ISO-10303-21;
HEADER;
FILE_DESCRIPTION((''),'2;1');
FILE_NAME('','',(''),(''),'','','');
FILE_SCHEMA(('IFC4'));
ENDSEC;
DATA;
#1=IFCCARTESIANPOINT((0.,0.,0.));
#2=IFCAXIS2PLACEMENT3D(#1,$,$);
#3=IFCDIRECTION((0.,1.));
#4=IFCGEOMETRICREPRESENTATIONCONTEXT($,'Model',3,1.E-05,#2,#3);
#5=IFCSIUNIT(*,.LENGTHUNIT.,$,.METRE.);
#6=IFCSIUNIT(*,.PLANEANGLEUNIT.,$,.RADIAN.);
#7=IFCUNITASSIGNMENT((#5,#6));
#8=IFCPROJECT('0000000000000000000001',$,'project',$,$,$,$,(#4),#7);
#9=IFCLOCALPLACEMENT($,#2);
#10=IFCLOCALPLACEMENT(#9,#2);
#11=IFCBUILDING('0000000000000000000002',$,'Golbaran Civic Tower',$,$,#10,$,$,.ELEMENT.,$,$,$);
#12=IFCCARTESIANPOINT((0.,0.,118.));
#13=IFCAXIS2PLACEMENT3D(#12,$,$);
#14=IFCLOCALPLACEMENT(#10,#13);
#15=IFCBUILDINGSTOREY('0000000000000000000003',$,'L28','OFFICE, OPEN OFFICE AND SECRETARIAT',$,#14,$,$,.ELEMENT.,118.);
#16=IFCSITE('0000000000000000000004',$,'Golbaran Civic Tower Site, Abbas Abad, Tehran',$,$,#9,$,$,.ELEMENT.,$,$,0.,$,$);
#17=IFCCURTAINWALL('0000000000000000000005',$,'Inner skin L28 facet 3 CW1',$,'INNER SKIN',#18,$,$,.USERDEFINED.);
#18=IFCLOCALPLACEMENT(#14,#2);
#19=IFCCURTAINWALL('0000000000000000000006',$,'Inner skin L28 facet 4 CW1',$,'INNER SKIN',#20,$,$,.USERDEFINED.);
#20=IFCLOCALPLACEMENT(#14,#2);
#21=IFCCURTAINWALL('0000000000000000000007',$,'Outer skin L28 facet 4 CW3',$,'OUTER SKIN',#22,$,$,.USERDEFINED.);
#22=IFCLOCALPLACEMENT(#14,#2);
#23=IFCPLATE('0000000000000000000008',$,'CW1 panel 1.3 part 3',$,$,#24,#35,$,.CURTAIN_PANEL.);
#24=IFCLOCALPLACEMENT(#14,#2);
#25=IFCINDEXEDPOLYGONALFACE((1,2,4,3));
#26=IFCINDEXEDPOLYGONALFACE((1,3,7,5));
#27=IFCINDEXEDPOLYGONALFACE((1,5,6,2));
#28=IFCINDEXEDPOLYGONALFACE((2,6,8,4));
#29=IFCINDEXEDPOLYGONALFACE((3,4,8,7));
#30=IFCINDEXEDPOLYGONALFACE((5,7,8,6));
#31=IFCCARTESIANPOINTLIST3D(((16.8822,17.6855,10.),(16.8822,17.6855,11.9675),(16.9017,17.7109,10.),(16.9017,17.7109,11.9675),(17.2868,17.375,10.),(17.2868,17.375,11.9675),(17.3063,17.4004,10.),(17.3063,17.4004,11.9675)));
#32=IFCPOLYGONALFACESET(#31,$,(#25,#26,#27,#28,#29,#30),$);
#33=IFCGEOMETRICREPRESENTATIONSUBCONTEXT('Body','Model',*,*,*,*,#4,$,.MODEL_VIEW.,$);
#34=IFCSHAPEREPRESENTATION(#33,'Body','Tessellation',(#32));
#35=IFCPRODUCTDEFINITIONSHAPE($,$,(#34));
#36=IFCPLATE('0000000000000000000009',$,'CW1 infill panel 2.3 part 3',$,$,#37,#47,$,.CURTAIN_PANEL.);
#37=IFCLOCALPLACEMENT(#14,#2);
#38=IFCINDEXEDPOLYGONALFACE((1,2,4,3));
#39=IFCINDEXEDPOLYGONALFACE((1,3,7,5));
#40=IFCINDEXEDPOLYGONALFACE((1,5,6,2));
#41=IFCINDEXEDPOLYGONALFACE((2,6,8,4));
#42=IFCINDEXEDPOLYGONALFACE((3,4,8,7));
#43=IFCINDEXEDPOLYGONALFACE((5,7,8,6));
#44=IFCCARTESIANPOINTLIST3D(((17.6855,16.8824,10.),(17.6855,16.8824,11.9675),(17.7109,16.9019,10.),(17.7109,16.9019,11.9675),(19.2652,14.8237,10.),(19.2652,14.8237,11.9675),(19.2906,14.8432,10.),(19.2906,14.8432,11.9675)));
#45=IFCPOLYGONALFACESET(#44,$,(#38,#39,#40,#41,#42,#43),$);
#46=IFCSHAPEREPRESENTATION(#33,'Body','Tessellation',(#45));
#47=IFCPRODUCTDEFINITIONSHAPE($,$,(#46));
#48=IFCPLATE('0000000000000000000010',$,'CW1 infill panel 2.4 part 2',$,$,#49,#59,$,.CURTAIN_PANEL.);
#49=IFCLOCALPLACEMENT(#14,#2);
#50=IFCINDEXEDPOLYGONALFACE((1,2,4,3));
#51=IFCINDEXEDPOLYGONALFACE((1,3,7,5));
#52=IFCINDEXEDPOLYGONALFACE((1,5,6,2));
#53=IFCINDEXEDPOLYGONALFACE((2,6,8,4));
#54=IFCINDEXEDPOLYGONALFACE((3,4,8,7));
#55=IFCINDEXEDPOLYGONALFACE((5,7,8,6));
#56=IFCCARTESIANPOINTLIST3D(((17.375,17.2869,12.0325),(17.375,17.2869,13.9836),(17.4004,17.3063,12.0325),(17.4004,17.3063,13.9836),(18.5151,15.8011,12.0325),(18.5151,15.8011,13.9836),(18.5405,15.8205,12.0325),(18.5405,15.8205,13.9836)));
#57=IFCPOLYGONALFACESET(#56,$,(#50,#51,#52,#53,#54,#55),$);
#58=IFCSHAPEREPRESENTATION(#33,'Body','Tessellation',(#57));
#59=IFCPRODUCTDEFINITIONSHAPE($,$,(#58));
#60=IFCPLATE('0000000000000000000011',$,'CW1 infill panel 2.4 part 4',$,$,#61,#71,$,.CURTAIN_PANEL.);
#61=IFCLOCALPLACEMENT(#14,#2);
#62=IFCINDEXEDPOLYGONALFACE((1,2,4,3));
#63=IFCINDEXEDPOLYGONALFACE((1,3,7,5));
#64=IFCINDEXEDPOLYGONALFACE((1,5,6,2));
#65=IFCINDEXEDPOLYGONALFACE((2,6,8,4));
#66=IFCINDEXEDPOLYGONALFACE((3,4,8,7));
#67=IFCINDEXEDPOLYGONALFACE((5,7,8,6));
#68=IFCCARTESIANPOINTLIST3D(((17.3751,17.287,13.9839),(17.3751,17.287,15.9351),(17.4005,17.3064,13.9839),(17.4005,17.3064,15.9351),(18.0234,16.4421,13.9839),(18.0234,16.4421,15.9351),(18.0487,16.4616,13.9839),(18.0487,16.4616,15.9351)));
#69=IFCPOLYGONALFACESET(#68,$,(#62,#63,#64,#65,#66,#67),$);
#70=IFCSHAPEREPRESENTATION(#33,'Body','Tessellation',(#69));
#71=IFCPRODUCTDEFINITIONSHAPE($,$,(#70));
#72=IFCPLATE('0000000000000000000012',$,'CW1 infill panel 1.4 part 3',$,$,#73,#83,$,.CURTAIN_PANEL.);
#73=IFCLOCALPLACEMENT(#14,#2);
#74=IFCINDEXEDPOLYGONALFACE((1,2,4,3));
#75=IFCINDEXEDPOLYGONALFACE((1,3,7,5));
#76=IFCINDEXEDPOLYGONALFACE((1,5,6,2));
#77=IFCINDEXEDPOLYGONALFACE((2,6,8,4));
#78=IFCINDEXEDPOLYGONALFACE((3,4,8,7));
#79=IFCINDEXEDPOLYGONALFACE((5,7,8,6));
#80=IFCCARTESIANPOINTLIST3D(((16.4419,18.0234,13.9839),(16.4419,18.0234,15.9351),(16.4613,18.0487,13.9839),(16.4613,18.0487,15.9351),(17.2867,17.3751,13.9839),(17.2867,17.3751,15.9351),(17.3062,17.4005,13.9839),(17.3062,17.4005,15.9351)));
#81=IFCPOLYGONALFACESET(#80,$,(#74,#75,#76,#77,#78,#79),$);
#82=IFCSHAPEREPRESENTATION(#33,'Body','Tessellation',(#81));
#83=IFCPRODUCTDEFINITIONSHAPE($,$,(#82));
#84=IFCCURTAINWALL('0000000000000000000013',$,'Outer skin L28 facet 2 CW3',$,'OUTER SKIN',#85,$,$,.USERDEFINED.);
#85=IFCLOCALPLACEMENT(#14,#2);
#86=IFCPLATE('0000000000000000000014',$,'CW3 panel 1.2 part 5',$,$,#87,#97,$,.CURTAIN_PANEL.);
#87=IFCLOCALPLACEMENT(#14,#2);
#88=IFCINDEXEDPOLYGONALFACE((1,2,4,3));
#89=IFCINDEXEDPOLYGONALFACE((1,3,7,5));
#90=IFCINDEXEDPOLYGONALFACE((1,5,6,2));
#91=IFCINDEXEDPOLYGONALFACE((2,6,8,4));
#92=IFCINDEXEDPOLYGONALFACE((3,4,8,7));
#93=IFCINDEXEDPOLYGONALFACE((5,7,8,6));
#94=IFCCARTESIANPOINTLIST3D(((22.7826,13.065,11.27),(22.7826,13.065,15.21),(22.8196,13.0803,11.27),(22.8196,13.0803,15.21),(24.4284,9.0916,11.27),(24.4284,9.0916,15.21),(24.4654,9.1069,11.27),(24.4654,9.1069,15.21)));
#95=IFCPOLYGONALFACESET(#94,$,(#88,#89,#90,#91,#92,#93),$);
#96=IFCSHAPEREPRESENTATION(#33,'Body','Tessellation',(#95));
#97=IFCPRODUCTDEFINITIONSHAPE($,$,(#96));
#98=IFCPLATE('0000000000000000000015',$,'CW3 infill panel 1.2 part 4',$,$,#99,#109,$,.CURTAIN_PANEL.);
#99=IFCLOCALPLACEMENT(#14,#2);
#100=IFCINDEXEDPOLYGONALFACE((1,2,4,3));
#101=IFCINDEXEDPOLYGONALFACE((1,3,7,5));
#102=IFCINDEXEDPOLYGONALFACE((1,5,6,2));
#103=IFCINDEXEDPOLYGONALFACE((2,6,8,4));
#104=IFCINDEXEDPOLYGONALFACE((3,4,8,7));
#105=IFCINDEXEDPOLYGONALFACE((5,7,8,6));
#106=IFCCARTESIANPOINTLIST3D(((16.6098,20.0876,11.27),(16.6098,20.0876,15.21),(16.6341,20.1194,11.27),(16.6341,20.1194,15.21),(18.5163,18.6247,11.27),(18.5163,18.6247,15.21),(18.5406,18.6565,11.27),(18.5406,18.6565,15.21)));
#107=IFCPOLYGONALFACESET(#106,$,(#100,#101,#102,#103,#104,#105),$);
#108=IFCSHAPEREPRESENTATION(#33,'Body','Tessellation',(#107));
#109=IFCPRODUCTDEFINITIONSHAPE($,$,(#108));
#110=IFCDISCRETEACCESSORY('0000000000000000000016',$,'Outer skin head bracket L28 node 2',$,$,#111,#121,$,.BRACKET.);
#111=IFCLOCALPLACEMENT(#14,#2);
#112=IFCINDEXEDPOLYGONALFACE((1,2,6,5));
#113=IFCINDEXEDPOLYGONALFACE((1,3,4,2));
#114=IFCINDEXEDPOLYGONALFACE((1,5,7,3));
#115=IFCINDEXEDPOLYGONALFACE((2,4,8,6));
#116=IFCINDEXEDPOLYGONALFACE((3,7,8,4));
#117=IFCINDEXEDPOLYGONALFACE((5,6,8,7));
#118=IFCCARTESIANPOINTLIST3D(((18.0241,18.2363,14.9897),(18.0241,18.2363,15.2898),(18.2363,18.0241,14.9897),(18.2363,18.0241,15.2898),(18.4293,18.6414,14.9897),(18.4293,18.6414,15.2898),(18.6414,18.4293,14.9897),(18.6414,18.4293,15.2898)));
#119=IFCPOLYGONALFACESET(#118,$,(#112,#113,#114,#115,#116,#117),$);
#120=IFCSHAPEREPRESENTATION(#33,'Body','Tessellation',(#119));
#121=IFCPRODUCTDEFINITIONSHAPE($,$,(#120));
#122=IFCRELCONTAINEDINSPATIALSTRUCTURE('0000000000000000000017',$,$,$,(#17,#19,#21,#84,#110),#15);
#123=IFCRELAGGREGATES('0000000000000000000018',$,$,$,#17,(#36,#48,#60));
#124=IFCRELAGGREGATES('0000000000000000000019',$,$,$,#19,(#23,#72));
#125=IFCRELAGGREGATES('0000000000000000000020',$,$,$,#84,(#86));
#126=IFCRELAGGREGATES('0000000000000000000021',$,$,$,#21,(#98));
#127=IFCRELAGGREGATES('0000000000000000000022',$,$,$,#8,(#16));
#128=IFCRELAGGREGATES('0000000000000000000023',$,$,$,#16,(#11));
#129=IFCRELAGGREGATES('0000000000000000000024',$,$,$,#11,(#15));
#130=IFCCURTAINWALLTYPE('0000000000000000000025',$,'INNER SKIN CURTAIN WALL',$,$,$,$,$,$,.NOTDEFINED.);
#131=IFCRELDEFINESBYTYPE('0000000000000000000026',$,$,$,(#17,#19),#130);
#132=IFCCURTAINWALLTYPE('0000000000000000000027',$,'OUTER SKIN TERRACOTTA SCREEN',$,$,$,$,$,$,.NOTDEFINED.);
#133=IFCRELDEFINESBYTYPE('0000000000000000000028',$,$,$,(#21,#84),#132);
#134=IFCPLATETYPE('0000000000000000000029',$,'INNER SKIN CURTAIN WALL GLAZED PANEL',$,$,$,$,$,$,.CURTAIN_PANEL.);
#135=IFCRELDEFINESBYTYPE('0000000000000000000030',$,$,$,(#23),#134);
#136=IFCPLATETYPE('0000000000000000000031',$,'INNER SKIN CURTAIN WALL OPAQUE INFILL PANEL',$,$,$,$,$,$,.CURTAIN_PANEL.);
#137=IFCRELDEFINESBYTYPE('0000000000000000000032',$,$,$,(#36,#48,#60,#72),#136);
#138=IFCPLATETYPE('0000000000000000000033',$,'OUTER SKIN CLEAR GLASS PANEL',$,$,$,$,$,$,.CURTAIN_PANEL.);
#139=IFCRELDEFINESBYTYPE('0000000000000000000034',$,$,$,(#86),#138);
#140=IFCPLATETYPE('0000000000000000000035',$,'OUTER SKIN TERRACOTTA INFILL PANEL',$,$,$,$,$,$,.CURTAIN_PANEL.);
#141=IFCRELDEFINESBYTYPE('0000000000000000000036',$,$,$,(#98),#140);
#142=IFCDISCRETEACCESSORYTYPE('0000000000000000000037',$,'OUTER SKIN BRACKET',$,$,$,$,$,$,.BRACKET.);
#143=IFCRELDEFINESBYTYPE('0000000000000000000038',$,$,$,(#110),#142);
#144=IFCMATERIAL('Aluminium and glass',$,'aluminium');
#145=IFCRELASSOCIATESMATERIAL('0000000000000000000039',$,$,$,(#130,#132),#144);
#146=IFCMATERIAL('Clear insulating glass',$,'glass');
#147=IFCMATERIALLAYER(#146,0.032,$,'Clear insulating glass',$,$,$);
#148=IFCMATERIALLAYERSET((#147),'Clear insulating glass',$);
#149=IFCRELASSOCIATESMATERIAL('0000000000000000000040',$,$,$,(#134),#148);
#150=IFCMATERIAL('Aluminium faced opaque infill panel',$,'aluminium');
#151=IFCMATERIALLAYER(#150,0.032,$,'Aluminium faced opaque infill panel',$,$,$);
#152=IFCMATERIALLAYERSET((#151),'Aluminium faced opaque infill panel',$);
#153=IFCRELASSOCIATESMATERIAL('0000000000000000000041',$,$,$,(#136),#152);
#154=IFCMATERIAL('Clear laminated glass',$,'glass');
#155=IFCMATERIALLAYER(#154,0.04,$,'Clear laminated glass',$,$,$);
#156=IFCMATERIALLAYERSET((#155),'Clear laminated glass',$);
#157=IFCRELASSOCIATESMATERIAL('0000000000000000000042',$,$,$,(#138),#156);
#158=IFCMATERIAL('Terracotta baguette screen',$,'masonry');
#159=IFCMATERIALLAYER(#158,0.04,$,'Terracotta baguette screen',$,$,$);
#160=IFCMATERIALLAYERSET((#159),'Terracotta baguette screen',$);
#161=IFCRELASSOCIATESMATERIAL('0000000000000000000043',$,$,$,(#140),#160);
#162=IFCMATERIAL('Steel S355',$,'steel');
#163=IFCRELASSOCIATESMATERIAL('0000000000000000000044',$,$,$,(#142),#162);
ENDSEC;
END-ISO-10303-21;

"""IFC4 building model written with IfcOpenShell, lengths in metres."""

from ifc_helpers import new_model, si_unit, direction, frame, origin, origin_2d, place, context, subcontext, project, spatial, rectangle, extrude, material, layer, layer_set, type_object, element, aggregate, save


model = new_model("IFC4")

# Units and contexts
model_context = context("Model", 3, precision=1e-05, world=origin(), true_north=direction((0.0, 1.0)))
body_context = subcontext(model_context, "Body", "Model", "MODEL_VIEW")
ifc_project = project(units=[si_unit("LENGTHUNIT", "METRE"), si_unit("PLANEANGLEUNIT", "RADIAN")], contexts=[model_context])

# Site, building, storey
site_placement = place(None, origin())
site = spatial("IfcSite", under=ifc_project, at=site_placement, Name="Golbaran Civic Tower Site, Abbas Abad, Tehran", CompositionType="ELEMENT", RefElevation=0.0)
building_placement = place(site_placement, origin())
building = spatial("IfcBuilding", under=site, at=building_placement, Name="Golbaran Civic Tower", CompositionType="ELEMENT")
storey_placement = place(building_placement, frame((0.0, 0.0, 118.0)))
storey = spatial("IfcBuildingStorey", under=building, at=storey_placement, Name="L28", Description="OFFICE, OPEN OFFICE AND SECRETARIAT", CompositionType="ELEMENT", Elevation=118.0)

# Curtain walls
ifc_material_1 = material(Name="Aluminium and glass", Category="aluminium")
curtain_wall_type_1 = type_object("IfcCurtainWallType", Name="INNER SKIN CURTAIN WALL", PredefinedType="NOTDEFINED", material=ifc_material_1)
curtain_wall_1_placement = place(storey_placement, origin())
curtain_wall_1 = element("IfcCurtainWall", 1, at=curtain_wall_1_placement, inside=storey, type_object=curtain_wall_type_1, Name="Inner skin L28 facet 3 CW1", ObjectType="INNER SKIN", PredefinedType="USERDEFINED")
curtain_wall_2_placement = place(storey_placement, origin())
curtain_wall_2 = element("IfcCurtainWall", 2, at=curtain_wall_2_placement, inside=storey, type_object=curtain_wall_type_1, Name="Inner skin L28 facet 4 CW1", ObjectType="INNER SKIN", PredefinedType="USERDEFINED")

# Curtain wall
curtain_wall_type_2 = type_object("IfcCurtainWallType", Name="OUTER SKIN TERRACOTTA SCREEN", PredefinedType="NOTDEFINED", material=ifc_material_1)
curtain_wall_3_placement = place(storey_placement, origin())
curtain_wall_3 = element("IfcCurtainWall", 3, at=curtain_wall_3_placement, inside=storey, type_object=curtain_wall_type_2, Name="Outer skin L28 facet 4 CW3", ObjectType="OUTER SKIN", PredefinedType="USERDEFINED")

# Shared definitions
ifc_material_2 = material(Name="Clear insulating glass", Category="glass")
ifc_layer_1 = layer(ifc_material_2, 0.032, Name="Clear insulating glass")
ifc_layer_set_1 = layer_set([ifc_layer_1], Name="Clear insulating glass")
plate_type_1 = type_object("IfcPlateType", Name="INNER SKIN CURTAIN WALL GLAZED PANEL", PredefinedType="CURTAIN_PANEL", material=ifc_layer_set_1)

# Plates
plate_1_placement = place(storey_placement, frame((17.0942, 17.543, 10.0), z_axis=(0.0, 0.0, 1.0), x_axis=(-0.793353, 0.608761, 0.0)))
plate_1 = element("IfcPlate", 4, at=plate_1_placement, type_object=plate_type_1, Name="CW1 panel 1.3 part 3", PredefinedType="CURTAIN_PANEL", context=body_context, shape_type="SweptSolid", body=[
    extrude(rectangle(XDim=0.51, YDim=0.032, at=origin_2d()), origin(), (0.0, 0.0, 1.0), 1.9675),
])
ifc_material_3 = material(Name="Aluminium faced opaque infill panel", Category="aluminium")
ifc_layer_2 = layer(ifc_material_3, 0.032, Name="Aluminium faced opaque infill panel")
ifc_layer_set_2 = layer_set([ifc_layer_2], Name="Aluminium faced opaque infill panel")
plate_type_2 = type_object("IfcPlateType", Name="INNER SKIN CURTAIN WALL OPAQUE INFILL PANEL", PredefinedType="CURTAIN_PANEL", material=ifc_layer_set_2)
plate_2_placement = place(storey_placement, frame((18.488, 15.8628, 10.0), z_axis=(0.0, 0.0, 1.0), x_axis=(-0.608761, 0.793353, 0.0)))
plate_2 = element("IfcPlate", 5, at=plate_2_placement, type_object=plate_type_2, Name="CW1 infill panel 2.3 part 3", PredefinedType="CURTAIN_PANEL", context=body_context, shape_type="SweptSolid", body=[
    extrude(rectangle(XDim=2.595, YDim=0.032, at=origin_2d()), origin(), (0.0, 0.0, 1.0), 1.9675),
])
plate_3_placement = place(storey_placement, frame((17.9578, 16.5537, 12.0325), z_axis=(0.0, 0.0, 1.0), x_axis=(-0.608761, 0.793353, 0.0)))
plate_3 = element("IfcPlate", 6, at=plate_3_placement, type_object=plate_type_2, Name="CW1 infill panel 2.4 part 2", PredefinedType="CURTAIN_PANEL", context=body_context, shape_type="SweptSolid", body=[
    extrude(rectangle(XDim=1.8728, YDim=0.032, at=origin_2d()), origin(), (0.0, 0.0, 1.0), 1.9512),
])
plate_4_placement = place(storey_placement, frame((17.7119, 16.8743, 13.9839), z_axis=(0.0, 0.0, 1.0), x_axis=(-0.608761, 0.793353, 0.0)))
plate_4 = element("IfcPlate", 7, at=plate_4_placement, type_object=plate_type_2, Name="CW1 infill panel 2.4 part 4", PredefinedType="CURTAIN_PANEL", context=body_context, shape_type="SweptSolid", body=[
    extrude(rectangle(XDim=1.0649, YDim=0.032, at=origin_2d()), origin(), (0.0, 0.0, 1.0), 1.9512),
])
aggregate(curtain_wall_1, [plate_2, plate_3, plate_4])
plate_5_placement = place(storey_placement, frame((16.874, 17.7119, 13.9839), z_axis=(0.0, 0.0, 1.0), x_axis=(-0.793353, 0.608761, 0.0)))
plate_5 = element("IfcPlate", 8, at=plate_5_placement, type_object=plate_type_2, Name="CW1 infill panel 1.4 part 3", PredefinedType="CURTAIN_PANEL", context=body_context, shape_type="SweptSolid", body=[
    extrude(rectangle(XDim=1.0649, YDim=0.032, at=origin_2d()), origin(), (0.0, 0.0, 1.0), 1.9512),
])
aggregate(curtain_wall_2, [plate_1, plate_5])

# Curtain wall, plate
curtain_wall_4_placement = place(storey_placement, origin())
curtain_wall_4 = element("IfcCurtainWall", 9, at=curtain_wall_4_placement, inside=storey, type_object=curtain_wall_type_2, Name="Outer skin L28 facet 2 CW3", ObjectType="OUTER SKIN", PredefinedType="USERDEFINED")
ifc_material_4 = material(Name="Clear laminated glass", Category="glass")
ifc_layer_3 = layer(ifc_material_4, 0.04, Name="Clear laminated glass")
ifc_layer_set_3 = layer_set([ifc_layer_3], Name="Clear laminated glass")
plate_type_3 = type_object("IfcPlateType", Name="OUTER SKIN CLEAR GLASS PANEL", PredefinedType="CURTAIN_PANEL", material=ifc_layer_set_3)
plate_6_placement = place(storey_placement, frame((23.624, 11.0859, 11.27), z_axis=(0.0, 0.0, 1.0), x_axis=(-0.382683, 0.92388, 0.0)))
plate_6 = element("IfcPlate", 10, at=plate_6_placement, type_object=plate_type_3, Name="CW3 panel 1.2 part 5", PredefinedType="CURTAIN_PANEL", context=body_context, shape_type="SweptSolid", body=[
    extrude(rectangle(XDim=4.3008, YDim=0.04, at=origin_2d()), origin(), (0.0, 0.0, 1.0), 3.9399),
])
aggregate(curtain_wall_4, [plate_6])

# Plate
ifc_material_5 = material(Name="Terracotta baguette screen", Category="masonry")
ifc_layer_4 = layer(ifc_material_5, 0.04, Name="Terracotta baguette screen")
ifc_layer_set_4 = layer_set([ifc_layer_4], Name="Terracotta baguette screen")
plate_type_4 = type_object("IfcPlateType", Name="OUTER SKIN TERRACOTTA INFILL PANEL", PredefinedType="CURTAIN_PANEL", material=ifc_layer_set_4)
plate_7_placement = place(storey_placement, frame((17.5752, 19.3721, 11.27), z_axis=(0.0, 0.0, 1.0), x_axis=(-0.793353, 0.608761, 0.0)))
plate_7 = element("IfcPlate", 11, at=plate_7_placement, type_object=plate_type_4, Name="CW3 infill panel 1.2 part 4", PredefinedType="CURTAIN_PANEL", context=body_context, shape_type="SweptSolid", body=[
    extrude(rectangle(XDim=2.4031, YDim=0.04, at=origin_2d()), origin(), (0.0, 0.0, 1.0), 3.9399),
])
aggregate(curtain_wall_3, [plate_7])

# Discrete accessory
ifc_material_6 = material(Name="Steel S355", Category="steel")
discrete_accessory_type = type_object("IfcDiscreteAccessoryType", Name="OUTER SKIN BRACKET", PredefinedType="BRACKET", material=ifc_material_6)
discrete_accessory_placement = place(storey_placement, frame((18.3328, 18.3328, 14.9897), z_axis=(0.0, 0.0, 1.0), x_axis=(0.707107, 0.707107, 0.0)))
element("IfcDiscreteAccessory", 12, at=discrete_accessory_placement, inside=storey, type_object=discrete_accessory_type, Name="Outer skin head bracket L28 node 2", PredefinedType="BRACKET", context=body_context, shape_type="SweptSolid", body=[
    extrude(rectangle(XDim=0.573, YDim=0.3, at=origin_2d()), origin(), (0.0, 0.0, 1.0), 0.3),
])

save(model, "model.ifc")
